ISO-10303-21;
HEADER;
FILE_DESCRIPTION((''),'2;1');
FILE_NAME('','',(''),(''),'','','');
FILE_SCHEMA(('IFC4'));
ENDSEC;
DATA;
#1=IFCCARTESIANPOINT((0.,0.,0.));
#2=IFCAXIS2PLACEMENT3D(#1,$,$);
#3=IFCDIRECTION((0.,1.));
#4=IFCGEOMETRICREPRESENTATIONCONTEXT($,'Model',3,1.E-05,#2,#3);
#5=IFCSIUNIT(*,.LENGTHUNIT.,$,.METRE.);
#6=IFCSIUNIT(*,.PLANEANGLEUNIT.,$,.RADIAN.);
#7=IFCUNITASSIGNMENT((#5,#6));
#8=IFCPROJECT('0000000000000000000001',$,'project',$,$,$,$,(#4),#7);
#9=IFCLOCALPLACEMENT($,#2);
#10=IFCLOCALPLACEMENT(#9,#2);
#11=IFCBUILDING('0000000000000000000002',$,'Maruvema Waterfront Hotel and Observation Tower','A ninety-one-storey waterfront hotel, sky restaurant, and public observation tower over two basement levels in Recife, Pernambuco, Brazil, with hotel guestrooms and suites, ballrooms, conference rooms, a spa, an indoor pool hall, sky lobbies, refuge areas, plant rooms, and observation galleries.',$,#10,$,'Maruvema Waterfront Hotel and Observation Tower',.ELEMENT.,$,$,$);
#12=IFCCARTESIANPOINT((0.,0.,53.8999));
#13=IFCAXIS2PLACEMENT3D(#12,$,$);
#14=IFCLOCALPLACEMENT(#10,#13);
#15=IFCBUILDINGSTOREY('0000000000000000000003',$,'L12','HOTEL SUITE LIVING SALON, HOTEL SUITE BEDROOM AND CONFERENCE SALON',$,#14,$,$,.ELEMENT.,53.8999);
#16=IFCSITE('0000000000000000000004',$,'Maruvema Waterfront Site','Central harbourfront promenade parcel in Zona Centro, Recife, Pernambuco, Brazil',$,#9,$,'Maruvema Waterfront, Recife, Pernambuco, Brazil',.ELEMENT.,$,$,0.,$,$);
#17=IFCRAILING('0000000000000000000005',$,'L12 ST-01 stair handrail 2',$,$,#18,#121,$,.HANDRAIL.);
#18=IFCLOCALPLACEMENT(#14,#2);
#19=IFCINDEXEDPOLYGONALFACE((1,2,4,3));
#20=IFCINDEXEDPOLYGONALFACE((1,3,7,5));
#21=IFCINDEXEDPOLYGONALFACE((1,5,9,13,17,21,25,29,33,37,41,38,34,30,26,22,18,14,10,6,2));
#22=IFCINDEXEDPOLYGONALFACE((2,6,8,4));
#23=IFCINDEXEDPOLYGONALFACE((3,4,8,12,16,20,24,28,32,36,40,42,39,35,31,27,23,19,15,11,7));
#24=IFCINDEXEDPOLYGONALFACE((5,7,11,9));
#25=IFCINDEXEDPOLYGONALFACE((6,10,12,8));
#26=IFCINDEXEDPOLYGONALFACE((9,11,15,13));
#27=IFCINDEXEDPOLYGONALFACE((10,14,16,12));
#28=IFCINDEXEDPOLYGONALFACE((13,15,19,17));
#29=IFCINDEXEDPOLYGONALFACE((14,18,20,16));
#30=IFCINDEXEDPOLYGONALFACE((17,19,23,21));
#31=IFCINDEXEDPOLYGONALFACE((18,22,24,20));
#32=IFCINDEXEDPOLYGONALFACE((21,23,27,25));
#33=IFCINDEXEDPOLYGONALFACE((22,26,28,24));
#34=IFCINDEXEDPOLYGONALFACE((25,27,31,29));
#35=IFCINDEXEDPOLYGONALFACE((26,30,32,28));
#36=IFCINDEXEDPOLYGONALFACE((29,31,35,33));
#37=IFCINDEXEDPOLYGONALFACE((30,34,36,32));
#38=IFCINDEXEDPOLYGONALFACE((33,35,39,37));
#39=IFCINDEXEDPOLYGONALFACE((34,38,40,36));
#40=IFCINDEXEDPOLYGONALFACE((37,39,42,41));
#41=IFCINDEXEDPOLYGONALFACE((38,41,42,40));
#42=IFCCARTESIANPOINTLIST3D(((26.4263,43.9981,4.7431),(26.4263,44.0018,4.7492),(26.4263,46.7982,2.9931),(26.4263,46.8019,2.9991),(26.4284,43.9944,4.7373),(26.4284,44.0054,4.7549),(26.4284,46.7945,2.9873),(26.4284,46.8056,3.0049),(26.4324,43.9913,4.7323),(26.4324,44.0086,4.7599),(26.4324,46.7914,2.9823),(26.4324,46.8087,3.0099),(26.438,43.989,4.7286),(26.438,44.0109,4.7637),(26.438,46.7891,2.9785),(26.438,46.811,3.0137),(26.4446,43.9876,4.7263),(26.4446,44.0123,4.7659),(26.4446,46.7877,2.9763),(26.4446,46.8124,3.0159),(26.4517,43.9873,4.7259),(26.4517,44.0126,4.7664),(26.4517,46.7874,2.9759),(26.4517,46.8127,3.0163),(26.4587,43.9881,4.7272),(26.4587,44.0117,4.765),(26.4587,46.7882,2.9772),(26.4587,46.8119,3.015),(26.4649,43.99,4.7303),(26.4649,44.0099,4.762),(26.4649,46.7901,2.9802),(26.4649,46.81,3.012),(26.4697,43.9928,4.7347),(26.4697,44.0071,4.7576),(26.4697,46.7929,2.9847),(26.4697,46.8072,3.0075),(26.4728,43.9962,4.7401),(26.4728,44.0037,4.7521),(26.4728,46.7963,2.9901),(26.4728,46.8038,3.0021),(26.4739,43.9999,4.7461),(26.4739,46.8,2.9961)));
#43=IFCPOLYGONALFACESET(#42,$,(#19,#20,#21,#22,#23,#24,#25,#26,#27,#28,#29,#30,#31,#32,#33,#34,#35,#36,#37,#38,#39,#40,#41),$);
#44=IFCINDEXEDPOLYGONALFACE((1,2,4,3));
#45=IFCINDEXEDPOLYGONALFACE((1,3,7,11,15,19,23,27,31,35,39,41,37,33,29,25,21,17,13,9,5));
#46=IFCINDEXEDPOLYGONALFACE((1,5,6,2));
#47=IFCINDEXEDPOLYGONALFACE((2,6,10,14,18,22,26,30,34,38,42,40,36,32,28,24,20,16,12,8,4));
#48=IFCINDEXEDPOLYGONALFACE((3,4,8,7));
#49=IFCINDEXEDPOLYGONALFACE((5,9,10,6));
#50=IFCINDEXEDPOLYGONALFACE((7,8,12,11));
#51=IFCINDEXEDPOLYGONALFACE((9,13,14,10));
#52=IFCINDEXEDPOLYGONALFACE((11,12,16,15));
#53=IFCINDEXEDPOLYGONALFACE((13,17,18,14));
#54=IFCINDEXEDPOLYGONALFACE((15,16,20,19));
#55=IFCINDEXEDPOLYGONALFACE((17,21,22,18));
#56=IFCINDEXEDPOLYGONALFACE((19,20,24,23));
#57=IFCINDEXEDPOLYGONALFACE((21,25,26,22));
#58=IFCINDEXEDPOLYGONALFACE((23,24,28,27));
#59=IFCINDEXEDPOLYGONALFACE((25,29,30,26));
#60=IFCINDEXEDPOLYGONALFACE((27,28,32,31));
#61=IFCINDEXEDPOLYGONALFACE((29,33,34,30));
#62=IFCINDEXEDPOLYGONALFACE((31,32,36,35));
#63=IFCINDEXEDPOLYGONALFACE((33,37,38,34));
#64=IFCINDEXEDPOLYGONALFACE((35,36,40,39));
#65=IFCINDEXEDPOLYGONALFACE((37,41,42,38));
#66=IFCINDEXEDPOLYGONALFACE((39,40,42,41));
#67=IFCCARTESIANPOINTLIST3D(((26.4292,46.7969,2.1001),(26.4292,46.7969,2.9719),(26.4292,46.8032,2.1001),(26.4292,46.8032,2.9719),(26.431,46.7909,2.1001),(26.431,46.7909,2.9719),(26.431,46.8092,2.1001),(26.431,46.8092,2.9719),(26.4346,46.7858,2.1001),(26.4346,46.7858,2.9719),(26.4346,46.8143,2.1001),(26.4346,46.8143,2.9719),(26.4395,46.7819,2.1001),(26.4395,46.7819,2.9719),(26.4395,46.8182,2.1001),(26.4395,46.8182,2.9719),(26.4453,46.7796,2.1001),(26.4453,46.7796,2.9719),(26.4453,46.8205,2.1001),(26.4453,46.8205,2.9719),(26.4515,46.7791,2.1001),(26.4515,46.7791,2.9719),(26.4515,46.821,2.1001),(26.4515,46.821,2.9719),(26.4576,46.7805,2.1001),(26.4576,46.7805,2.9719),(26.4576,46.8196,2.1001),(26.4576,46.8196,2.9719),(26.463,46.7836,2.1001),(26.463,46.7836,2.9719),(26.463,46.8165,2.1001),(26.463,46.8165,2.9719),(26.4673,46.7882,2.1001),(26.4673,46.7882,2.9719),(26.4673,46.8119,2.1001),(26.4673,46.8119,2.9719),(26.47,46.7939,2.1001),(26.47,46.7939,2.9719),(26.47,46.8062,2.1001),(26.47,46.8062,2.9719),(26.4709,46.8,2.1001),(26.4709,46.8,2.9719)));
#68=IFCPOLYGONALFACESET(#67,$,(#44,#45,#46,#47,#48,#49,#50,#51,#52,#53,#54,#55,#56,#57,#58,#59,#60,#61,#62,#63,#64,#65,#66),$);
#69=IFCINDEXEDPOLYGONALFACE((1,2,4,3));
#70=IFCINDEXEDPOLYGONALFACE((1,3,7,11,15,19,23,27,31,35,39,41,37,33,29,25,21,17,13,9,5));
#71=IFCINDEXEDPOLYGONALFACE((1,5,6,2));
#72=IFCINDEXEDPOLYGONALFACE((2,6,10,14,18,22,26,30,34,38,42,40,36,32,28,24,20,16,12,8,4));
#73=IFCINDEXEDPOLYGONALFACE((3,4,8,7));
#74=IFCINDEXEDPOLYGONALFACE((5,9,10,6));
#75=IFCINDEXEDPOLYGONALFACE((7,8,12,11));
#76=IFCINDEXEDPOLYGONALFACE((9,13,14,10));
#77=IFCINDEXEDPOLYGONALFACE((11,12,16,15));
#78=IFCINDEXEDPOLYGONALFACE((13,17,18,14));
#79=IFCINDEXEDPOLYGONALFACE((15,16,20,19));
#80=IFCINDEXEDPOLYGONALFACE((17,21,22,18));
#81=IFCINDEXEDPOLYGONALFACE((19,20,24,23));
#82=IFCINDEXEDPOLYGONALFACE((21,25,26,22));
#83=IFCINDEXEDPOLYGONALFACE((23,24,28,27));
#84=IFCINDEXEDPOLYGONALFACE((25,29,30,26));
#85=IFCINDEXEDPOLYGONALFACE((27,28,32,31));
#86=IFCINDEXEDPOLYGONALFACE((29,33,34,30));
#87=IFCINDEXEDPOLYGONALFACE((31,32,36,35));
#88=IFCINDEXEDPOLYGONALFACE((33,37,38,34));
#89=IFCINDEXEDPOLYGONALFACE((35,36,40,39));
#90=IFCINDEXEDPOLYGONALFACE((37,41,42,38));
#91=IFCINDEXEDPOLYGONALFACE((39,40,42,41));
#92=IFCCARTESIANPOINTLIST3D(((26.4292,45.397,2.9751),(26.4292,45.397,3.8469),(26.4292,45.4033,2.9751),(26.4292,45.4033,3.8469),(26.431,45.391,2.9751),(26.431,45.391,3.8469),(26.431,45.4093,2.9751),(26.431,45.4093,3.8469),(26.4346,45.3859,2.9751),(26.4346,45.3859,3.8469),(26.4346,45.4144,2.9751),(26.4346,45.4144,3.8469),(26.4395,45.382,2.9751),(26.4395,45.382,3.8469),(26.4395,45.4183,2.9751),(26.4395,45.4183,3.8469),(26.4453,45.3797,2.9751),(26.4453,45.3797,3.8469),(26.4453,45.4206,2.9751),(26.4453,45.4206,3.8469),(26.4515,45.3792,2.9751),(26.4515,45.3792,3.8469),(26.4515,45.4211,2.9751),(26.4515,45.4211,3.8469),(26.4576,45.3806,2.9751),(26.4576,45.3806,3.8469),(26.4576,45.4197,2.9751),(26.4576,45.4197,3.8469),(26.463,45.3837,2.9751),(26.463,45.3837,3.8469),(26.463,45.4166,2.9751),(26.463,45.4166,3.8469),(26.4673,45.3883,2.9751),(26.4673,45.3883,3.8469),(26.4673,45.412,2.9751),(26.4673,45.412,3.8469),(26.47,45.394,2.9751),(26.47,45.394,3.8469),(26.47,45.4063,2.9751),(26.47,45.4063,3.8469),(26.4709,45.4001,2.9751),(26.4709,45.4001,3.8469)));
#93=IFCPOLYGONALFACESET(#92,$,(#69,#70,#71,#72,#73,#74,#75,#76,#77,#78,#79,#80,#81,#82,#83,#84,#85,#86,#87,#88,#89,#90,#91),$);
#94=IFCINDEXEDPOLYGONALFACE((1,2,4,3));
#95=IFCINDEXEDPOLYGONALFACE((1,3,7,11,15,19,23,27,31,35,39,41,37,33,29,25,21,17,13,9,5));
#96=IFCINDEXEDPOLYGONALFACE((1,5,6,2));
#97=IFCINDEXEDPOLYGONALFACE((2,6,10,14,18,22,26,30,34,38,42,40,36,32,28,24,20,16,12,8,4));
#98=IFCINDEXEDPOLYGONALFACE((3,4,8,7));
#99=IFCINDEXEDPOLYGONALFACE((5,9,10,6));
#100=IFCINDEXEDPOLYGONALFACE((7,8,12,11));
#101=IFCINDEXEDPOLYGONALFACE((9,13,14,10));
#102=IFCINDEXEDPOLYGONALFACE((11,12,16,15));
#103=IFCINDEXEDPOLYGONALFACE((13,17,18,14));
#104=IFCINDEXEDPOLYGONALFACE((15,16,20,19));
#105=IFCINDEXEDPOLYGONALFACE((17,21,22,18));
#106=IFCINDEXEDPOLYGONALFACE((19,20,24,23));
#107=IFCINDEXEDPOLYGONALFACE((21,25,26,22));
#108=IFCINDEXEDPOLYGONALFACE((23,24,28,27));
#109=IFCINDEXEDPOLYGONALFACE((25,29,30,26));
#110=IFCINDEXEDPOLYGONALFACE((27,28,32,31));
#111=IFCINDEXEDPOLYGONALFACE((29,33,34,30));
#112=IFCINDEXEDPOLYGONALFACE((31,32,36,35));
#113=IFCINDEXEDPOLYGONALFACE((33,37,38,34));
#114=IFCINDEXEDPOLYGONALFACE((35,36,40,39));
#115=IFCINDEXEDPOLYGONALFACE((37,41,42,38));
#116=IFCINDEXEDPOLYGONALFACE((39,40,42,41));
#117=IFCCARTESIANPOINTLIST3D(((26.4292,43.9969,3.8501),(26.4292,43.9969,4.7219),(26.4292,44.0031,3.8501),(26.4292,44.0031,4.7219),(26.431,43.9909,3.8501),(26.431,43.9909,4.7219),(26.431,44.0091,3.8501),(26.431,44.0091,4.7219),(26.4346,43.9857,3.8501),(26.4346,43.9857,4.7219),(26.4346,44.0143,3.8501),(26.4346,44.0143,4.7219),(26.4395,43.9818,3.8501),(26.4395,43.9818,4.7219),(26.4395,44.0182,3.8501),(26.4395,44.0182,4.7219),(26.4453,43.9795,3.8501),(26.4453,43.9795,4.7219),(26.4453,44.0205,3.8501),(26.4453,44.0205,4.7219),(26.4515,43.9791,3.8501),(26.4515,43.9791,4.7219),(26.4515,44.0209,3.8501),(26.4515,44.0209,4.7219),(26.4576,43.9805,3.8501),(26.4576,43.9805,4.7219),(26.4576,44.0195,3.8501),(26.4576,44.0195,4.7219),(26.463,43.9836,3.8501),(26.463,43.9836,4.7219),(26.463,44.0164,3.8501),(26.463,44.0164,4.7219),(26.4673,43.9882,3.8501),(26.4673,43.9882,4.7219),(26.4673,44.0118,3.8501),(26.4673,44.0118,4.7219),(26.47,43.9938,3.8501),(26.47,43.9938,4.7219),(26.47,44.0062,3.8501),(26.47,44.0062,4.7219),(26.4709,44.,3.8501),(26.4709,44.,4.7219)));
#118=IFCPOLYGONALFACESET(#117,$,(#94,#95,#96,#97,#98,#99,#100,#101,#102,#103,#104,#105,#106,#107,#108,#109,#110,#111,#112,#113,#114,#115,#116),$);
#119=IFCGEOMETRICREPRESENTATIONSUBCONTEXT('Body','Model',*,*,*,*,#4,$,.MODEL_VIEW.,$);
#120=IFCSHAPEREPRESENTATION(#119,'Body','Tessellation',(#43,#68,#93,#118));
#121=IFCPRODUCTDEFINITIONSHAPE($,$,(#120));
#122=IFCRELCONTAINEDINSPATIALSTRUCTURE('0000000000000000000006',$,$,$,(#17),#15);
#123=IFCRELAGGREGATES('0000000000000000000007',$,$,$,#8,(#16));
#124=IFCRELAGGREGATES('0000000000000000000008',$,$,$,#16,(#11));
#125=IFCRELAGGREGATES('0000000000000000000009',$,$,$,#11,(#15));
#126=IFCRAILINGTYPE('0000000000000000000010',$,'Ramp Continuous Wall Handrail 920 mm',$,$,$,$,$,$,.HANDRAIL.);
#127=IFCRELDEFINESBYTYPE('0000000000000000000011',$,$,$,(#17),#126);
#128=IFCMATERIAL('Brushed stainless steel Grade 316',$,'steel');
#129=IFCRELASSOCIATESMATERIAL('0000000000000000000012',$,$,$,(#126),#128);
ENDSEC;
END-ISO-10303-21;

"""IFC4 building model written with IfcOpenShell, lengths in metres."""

from ifc_helpers import new_model, si_unit, direction, frame, origin, origin_2d, place, context, subcontext, project, spatial, circle, extrude, material, type_object, element, save


model = new_model("IFC4")

# Units and contexts
model_context = context("Model", 3, precision=1e-05, world=origin(), true_north=direction((0.0, 1.0)))
body_context = subcontext(model_context, "Body", "Model", "MODEL_VIEW")
ifc_project = project(units=[si_unit("LENGTHUNIT", "METRE"), si_unit("PLANEANGLEUNIT", "RADIAN")], contexts=[model_context])

# Site, building, storey
site_placement = place(None, origin())
site = spatial("IfcSite", under=ifc_project, at=site_placement, Name="Maruvema Waterfront Site", Description="Central harbourfront promenade parcel in Zona Centro, Recife, Pernambuco, Brazil", LongName="Maruvema Waterfront, Recife, Pernambuco, Brazil", CompositionType="ELEMENT", RefElevation=0.0)
building_placement = place(site_placement, origin())
building = spatial("IfcBuilding", under=site, at=building_placement, Name="Maruvema Waterfront Hotel and Observation Tower", Description="A ninety-one-storey waterfront hotel, sky restaurant, and public observation tower over two basement levels in Recife, Pernambuco, Brazil, with hotel guestrooms and suites, ballrooms, conference rooms, a spa, an indoor pool hall, sky lobbies, refuge areas, plant rooms, and observation galleries.", LongName="Maruvema Waterfront Hotel and Observation Tower", CompositionType="ELEMENT")
storey_placement = place(building_placement, frame((0.0, 0.0, 53.8999)))
storey = spatial("IfcBuildingStorey", under=building, at=storey_placement, Name="L12", Description="HOTEL SUITE LIVING SALON, HOTEL SUITE BEDROOM AND CONFERENCE SALON", CompositionType="ELEMENT", Elevation=53.8999)

# Railing
ifc_material_1 = material(Name="Brushed stainless steel Grade 316", Category="steel")
railing_type_1 = type_object("IfcRailingType", Name="Ramp Continuous Wall Handrail 920 mm", PredefinedType="HANDRAIL", material=ifc_material_1)
railing_1_placement = place(storey_placement, frame((26.45, 46.8, 2.1001)))
element("IfcRailing", 1, at=railing_1_placement, inside=storey, type_object=railing_type_1, Name="L12 ST-01 stair handrail 2", PredefinedType="HANDRAIL", context=body_context, shape_type="SweptSolid", body=[
    extrude(circle(Radius=0.0239, at=origin_2d()), frame((0.0, 0.0, 0.896), z_axis=(0.0, -0.848002, 0.529992), x_axis=(1.0, 0.0, 0.0)), (0.0, 0.0, 1.0), 3.302),
    extrude(circle(Radius=0.021, at=origin_2d()), origin(), (0.0, 0.0, 1.0), 0.8718),
    extrude(circle(Radius=0.021, at=origin_2d()), frame((0.0, -1.3999, 0.875)), (0.0, 0.0, 1.0), 0.8718),
    extrude(circle(Radius=0.021, at=origin_2d()), frame((0.0, -2.8, 1.75)), (0.0, 0.0, 1.0), 0.8718),
])

save(model, "model.ifc")
